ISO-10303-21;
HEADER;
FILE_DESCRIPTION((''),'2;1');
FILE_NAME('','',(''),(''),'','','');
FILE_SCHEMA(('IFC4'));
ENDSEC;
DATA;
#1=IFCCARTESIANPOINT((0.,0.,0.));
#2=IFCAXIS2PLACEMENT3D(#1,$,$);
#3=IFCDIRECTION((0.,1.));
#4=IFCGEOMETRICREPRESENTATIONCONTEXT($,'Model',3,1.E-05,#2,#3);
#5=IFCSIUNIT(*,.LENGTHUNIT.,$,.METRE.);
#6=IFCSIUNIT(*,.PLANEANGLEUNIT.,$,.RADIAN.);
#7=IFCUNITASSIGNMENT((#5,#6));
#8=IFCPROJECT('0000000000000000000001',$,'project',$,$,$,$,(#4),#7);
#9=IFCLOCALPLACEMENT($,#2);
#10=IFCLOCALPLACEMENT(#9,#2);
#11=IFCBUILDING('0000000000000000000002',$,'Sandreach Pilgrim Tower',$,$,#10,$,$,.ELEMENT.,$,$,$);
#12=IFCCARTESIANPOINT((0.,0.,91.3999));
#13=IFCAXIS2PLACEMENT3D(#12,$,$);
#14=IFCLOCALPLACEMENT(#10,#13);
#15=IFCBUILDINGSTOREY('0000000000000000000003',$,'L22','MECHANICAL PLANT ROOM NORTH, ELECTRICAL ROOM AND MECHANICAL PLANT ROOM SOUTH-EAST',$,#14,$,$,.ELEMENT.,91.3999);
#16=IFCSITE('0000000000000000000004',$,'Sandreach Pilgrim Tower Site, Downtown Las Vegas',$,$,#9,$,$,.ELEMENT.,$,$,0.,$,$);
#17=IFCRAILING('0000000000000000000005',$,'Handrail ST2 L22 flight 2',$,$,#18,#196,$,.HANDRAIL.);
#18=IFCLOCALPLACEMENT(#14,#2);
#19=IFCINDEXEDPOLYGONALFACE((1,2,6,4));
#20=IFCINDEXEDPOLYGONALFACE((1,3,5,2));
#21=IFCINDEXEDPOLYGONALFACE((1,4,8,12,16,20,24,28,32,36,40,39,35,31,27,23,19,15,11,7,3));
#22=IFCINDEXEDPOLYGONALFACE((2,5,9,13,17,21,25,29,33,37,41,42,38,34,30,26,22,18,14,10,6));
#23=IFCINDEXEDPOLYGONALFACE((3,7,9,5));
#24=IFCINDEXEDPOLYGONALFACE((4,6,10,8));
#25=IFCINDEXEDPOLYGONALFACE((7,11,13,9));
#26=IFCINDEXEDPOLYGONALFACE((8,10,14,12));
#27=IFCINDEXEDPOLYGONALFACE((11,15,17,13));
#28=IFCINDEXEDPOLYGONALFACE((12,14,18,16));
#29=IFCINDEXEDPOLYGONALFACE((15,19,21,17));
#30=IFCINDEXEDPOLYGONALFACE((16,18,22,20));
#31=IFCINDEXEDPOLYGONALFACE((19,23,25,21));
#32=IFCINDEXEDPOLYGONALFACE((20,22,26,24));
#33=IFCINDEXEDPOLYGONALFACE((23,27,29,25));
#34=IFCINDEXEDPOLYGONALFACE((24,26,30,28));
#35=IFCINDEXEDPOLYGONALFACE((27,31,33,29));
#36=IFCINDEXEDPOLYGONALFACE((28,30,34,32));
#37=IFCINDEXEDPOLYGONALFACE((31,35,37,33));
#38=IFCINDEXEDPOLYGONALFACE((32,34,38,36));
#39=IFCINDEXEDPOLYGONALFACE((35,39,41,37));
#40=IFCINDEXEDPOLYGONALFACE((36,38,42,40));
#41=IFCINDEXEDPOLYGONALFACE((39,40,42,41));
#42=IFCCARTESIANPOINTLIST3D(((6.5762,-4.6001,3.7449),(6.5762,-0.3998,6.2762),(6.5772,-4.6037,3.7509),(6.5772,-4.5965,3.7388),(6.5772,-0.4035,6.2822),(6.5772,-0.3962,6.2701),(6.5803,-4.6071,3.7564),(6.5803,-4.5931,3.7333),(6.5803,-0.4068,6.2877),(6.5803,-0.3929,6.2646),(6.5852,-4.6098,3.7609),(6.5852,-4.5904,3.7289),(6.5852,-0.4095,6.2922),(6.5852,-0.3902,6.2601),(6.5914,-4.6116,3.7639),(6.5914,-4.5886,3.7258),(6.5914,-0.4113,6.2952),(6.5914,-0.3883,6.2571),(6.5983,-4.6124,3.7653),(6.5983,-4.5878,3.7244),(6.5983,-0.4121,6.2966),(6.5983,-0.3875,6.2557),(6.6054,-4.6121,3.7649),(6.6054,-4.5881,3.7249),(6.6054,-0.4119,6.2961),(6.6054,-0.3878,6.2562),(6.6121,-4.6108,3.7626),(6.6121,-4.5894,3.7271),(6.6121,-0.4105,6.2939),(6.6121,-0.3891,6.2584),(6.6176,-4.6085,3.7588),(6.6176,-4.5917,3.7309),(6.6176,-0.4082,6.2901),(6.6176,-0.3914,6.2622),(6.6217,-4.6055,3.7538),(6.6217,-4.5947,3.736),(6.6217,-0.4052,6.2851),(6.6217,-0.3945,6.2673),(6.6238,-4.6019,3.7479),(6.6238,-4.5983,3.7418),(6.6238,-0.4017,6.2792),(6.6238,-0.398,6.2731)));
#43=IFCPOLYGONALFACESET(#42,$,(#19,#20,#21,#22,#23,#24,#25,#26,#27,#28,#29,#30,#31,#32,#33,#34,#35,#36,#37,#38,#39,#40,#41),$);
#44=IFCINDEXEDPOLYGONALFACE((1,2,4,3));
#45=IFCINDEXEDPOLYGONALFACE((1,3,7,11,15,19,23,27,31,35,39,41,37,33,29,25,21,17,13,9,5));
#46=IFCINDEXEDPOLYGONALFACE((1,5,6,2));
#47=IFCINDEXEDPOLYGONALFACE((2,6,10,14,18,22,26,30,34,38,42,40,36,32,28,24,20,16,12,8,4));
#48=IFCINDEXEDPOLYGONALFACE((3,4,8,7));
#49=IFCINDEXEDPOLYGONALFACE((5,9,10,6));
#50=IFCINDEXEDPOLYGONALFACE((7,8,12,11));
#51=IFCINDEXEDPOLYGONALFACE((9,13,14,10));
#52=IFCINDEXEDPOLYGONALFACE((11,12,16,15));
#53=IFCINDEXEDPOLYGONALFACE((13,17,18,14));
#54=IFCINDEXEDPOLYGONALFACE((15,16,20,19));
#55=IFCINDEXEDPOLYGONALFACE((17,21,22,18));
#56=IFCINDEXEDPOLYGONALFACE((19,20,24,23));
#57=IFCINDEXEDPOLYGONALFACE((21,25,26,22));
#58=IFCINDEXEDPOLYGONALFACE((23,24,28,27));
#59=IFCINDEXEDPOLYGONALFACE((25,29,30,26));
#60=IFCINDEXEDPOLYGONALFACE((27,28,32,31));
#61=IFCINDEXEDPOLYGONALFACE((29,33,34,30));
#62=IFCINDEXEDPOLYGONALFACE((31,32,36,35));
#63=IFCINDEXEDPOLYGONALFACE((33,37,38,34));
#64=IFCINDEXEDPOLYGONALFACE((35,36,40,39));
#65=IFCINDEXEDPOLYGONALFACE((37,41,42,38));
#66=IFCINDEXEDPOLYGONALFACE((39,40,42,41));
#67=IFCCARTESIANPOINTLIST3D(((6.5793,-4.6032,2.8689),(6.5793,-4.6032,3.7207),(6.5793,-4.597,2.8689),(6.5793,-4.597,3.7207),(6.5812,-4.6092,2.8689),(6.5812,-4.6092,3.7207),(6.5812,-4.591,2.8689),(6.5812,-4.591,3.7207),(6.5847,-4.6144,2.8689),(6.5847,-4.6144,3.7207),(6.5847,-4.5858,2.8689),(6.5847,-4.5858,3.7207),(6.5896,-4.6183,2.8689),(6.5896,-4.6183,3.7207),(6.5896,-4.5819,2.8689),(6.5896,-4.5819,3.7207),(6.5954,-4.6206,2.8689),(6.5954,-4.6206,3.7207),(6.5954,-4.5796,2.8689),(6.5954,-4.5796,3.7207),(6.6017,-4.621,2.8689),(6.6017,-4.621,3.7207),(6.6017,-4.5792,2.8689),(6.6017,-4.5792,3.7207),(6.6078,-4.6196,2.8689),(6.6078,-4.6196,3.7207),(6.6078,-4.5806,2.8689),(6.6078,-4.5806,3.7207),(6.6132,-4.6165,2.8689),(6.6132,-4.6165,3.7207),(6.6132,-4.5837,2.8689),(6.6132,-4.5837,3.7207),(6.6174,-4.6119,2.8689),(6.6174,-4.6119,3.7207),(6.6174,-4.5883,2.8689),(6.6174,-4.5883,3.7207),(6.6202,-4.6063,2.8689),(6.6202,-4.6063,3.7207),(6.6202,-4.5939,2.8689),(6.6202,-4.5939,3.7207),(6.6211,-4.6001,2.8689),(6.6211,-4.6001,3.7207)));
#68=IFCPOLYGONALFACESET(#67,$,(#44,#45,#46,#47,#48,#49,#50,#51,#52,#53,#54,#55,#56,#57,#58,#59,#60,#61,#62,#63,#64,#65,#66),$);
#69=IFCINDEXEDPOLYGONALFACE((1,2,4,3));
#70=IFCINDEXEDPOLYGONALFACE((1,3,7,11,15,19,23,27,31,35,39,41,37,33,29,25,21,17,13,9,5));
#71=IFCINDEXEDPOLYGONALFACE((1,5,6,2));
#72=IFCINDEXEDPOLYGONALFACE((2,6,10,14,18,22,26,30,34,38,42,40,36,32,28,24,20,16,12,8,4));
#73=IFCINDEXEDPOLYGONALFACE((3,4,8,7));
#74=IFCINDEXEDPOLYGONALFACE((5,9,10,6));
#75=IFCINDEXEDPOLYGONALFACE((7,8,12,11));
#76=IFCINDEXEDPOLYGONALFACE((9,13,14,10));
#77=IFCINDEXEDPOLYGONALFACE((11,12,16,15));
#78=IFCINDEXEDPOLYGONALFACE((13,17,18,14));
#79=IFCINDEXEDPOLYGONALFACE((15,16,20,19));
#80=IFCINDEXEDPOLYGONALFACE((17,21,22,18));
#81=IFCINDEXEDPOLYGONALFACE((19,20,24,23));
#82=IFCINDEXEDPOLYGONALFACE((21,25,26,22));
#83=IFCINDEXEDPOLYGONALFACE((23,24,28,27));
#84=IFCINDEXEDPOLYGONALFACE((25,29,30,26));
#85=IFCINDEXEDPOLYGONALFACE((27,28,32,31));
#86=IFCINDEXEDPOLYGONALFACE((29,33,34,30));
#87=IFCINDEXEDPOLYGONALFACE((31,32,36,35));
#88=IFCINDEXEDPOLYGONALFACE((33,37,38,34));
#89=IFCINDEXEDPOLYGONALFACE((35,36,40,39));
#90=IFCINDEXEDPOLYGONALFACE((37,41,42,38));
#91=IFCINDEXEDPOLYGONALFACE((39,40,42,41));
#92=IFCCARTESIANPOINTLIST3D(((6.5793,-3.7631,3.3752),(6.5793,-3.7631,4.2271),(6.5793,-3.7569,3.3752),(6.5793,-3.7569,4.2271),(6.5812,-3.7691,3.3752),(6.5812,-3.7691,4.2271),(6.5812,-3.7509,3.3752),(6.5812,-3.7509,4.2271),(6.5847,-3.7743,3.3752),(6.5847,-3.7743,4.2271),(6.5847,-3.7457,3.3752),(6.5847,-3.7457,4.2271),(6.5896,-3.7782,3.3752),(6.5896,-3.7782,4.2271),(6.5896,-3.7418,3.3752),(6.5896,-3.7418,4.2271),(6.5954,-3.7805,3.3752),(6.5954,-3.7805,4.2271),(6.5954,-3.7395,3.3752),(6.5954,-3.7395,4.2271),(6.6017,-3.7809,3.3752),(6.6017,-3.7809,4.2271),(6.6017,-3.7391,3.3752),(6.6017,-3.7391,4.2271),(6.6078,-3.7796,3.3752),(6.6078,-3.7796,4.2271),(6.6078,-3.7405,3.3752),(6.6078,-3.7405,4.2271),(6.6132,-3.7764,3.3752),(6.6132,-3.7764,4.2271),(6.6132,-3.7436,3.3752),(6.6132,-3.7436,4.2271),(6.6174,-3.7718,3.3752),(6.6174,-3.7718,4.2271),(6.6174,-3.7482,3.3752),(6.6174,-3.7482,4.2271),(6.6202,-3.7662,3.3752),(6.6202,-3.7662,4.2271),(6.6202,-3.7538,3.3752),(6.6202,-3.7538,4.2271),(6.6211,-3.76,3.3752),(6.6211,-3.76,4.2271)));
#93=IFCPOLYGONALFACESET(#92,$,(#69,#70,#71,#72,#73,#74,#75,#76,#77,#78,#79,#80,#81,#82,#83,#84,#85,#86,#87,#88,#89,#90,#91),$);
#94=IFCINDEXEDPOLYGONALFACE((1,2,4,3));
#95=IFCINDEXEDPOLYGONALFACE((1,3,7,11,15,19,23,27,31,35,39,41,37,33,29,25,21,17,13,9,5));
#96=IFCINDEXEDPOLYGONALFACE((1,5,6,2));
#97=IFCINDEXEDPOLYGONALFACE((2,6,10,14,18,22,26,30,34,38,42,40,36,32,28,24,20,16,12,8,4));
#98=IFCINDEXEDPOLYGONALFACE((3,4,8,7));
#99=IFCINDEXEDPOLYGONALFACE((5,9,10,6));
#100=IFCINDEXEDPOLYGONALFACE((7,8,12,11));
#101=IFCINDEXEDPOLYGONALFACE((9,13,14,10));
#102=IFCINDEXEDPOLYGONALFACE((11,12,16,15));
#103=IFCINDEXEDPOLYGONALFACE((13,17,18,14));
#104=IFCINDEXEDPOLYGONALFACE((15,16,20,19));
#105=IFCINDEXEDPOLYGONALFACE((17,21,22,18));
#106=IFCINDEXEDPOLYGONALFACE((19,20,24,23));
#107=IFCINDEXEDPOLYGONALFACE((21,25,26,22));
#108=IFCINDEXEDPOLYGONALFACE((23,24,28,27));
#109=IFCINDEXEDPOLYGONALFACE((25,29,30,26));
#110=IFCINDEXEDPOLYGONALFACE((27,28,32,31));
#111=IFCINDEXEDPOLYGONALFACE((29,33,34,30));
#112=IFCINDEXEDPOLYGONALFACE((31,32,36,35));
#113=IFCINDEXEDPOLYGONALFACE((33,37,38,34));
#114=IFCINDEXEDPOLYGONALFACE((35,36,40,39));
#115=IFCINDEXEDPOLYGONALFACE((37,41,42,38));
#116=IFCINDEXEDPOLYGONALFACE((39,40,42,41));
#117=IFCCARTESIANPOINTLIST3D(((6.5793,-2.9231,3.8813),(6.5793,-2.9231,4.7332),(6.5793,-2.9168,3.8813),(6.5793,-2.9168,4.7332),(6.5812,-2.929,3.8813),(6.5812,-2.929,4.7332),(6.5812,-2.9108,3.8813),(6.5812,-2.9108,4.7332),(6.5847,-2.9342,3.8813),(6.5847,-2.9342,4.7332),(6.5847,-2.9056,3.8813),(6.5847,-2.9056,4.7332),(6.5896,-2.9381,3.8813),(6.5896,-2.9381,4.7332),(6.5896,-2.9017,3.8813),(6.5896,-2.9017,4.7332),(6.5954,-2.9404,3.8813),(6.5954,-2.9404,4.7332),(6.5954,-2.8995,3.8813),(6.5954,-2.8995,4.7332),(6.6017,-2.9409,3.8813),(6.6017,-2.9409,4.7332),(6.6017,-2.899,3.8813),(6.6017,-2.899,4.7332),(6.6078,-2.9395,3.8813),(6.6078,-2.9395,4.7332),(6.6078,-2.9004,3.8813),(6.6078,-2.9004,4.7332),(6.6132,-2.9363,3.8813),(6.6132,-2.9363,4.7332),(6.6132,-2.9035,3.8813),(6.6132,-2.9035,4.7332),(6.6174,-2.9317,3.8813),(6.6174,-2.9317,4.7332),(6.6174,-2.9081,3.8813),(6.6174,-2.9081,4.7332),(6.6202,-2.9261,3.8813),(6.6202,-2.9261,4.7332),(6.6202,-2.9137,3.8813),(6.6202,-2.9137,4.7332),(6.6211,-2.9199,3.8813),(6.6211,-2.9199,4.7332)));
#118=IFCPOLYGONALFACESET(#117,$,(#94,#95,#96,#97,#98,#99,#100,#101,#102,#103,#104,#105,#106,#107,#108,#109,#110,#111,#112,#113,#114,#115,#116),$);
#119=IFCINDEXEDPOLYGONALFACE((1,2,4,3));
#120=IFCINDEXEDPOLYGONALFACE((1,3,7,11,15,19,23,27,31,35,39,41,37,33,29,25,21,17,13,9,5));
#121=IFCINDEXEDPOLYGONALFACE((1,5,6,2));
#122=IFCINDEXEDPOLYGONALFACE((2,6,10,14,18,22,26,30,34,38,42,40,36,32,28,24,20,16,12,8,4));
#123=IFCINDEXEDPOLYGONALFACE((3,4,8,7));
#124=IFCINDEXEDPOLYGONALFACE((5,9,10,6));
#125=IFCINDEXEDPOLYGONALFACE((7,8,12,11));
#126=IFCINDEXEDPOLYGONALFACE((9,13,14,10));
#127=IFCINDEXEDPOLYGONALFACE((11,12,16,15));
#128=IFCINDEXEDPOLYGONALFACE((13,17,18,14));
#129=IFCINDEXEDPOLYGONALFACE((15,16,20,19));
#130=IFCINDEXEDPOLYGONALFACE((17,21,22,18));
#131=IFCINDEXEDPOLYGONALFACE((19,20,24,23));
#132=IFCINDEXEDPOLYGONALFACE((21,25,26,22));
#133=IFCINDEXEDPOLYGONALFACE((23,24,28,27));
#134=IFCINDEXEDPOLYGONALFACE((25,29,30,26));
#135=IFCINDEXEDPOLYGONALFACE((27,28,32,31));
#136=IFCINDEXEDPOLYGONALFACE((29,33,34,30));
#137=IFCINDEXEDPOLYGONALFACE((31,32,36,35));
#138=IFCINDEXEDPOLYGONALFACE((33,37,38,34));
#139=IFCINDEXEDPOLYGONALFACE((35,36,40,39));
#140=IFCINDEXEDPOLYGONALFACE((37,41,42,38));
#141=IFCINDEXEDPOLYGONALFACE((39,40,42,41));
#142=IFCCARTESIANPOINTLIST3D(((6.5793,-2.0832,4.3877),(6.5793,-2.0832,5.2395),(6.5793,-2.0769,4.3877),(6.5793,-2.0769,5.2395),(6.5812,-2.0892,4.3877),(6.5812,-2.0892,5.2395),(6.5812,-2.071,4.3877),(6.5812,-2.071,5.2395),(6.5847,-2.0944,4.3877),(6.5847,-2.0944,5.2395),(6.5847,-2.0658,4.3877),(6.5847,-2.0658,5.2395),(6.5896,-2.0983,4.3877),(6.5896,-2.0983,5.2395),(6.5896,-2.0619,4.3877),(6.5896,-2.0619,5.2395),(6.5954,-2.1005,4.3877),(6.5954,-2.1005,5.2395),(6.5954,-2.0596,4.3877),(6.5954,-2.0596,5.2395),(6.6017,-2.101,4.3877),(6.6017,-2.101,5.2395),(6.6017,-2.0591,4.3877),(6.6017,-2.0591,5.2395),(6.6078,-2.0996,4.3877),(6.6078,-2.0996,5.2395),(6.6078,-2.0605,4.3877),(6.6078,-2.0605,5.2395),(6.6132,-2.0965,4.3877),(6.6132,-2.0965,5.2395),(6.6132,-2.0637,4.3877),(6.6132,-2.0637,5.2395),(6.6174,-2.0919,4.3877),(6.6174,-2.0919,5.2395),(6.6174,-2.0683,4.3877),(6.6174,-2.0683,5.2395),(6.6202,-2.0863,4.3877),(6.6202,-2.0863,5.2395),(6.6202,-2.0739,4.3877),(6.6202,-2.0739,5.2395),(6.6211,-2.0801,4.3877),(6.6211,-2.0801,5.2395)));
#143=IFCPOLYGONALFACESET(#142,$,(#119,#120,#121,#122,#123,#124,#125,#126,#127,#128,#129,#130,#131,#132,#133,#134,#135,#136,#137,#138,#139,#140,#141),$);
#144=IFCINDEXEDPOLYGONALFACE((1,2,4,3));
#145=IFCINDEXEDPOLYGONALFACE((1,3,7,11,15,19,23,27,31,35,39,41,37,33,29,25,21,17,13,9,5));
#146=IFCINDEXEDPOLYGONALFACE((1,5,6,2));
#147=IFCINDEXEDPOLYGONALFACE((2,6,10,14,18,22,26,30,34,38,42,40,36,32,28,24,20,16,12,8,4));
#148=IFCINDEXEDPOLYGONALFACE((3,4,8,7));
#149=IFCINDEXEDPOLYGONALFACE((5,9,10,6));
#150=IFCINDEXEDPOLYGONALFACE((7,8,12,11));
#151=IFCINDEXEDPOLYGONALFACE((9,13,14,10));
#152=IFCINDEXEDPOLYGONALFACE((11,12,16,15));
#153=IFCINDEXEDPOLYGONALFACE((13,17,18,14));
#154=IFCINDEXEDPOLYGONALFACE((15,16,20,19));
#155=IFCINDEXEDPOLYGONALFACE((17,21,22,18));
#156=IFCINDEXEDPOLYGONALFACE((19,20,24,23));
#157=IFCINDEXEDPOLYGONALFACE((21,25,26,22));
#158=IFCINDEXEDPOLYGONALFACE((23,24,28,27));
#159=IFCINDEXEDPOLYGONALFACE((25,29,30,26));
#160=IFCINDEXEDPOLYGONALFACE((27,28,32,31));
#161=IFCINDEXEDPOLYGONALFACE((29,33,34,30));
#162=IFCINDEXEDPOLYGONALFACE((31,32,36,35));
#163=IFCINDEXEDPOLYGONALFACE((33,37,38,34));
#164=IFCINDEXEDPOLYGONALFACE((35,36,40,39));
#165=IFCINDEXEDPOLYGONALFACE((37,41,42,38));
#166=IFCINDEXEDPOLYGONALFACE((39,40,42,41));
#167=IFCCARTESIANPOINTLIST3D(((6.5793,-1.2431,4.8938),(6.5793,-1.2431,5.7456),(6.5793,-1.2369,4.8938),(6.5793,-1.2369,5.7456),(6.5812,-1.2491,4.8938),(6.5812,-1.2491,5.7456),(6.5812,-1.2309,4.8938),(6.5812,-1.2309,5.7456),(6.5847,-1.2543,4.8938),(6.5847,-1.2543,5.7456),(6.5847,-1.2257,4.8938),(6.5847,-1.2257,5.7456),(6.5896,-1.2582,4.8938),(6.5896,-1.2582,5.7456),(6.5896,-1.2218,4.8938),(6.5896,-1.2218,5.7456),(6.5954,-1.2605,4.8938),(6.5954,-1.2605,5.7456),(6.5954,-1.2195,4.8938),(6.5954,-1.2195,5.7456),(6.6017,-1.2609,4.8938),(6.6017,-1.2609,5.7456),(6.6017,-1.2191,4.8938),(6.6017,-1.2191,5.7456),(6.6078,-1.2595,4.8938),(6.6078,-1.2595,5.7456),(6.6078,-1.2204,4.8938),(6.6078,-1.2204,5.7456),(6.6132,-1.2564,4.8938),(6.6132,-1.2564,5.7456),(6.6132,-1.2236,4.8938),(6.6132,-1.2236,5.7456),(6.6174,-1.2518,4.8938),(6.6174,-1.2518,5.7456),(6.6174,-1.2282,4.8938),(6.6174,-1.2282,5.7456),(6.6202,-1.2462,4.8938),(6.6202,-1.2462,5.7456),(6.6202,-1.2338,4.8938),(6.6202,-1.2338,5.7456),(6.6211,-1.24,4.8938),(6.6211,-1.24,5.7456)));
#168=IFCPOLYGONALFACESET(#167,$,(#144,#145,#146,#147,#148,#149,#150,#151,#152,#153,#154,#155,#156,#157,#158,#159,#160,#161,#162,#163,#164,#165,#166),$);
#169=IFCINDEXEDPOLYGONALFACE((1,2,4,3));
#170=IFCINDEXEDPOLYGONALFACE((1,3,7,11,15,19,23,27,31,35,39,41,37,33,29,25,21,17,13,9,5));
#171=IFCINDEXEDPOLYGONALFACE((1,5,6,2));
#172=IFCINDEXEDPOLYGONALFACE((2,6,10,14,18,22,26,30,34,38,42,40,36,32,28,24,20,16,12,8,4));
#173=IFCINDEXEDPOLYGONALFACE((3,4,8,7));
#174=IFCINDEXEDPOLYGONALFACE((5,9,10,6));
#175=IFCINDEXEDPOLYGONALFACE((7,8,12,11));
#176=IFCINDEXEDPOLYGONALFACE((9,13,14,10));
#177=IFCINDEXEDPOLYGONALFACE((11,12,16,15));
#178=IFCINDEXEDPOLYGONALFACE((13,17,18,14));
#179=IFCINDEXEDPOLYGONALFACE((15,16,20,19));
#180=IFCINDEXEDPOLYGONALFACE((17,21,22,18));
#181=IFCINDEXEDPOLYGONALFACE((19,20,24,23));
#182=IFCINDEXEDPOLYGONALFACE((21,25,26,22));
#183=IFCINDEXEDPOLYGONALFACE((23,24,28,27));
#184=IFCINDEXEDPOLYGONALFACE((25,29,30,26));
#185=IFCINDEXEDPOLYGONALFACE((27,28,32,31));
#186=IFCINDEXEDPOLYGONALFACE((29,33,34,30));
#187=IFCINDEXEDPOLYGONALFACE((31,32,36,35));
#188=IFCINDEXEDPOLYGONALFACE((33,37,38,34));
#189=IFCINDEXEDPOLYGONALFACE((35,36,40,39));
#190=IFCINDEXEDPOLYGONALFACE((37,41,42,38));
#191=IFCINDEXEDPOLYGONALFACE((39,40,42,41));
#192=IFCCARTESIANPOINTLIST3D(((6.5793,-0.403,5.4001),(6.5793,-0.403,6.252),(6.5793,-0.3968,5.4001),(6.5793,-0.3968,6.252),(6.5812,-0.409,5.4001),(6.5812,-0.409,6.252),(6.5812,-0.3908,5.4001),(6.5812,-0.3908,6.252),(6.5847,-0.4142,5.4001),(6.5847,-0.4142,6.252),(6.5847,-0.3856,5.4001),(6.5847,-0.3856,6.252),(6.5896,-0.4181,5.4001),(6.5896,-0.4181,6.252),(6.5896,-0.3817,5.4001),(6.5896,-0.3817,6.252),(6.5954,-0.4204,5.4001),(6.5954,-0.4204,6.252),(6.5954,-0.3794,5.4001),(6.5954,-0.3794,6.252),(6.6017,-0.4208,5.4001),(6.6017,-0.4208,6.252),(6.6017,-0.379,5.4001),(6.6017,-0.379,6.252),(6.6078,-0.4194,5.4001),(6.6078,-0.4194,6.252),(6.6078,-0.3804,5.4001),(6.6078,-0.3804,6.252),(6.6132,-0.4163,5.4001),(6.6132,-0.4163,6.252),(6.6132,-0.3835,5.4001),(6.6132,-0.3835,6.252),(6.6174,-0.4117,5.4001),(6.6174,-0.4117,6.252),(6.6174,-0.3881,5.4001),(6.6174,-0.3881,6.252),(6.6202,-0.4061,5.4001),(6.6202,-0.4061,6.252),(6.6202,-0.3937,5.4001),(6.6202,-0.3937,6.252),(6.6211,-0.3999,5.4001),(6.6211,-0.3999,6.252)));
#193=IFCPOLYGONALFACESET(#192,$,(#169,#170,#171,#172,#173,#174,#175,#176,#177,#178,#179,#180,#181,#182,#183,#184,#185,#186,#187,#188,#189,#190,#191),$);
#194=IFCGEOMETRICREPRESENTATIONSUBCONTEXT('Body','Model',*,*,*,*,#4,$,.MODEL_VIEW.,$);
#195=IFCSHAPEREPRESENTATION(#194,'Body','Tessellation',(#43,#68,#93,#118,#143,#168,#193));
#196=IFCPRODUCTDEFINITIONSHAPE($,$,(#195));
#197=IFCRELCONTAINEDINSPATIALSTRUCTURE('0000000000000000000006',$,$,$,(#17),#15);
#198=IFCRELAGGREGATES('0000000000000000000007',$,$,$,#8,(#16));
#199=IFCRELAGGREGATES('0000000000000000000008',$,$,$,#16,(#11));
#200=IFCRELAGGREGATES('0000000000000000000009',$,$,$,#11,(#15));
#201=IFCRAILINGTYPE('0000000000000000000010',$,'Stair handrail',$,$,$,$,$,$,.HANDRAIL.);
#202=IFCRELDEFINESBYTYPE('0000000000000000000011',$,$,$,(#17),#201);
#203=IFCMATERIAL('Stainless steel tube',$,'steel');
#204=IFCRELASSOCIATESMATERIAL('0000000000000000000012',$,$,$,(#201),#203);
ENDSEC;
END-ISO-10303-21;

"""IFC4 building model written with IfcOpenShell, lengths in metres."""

from ifc_helpers import new_model, si_unit, direction, frame, origin, origin_2d, place, context, subcontext, project, spatial, circle, extrude, material, type_object, element, save


model = new_model("IFC4")

# Units and contexts
model_context = context("Model", 3, precision=1e-05, world=origin(), true_north=direction((0.0, 1.0)))
body_context = subcontext(model_context, "Body", "Model", "MODEL_VIEW")
ifc_project = project(units=[si_unit("LENGTHUNIT", "METRE"), si_unit("PLANEANGLEUNIT", "RADIAN")], contexts=[model_context])

# Site, building, storey
site_placement = place(None, origin())
site = spatial("IfcSite", under=ifc_project, at=site_placement, Name="Sandreach Pilgrim Tower Site, Downtown Las Vegas", CompositionType="ELEMENT", RefElevation=0.0)
building_placement = place(site_placement, origin())
building = spatial("IfcBuilding", under=site, at=building_placement, Name="Sandreach Pilgrim Tower", CompositionType="ELEMENT")
storey_placement = place(building_placement, frame((0.0, 0.0, 91.3999)))
storey = spatial("IfcBuildingStorey", under=building, at=storey_placement, Name="L22", Description="MECHANICAL PLANT ROOM NORTH, ELECTRICAL ROOM AND MECHANICAL PLANT ROOM SOUTH-EAST", CompositionType="ELEMENT", Elevation=91.3999)

# Railing
ifc_material_1 = material(Name="Stainless steel tube", Category="steel")
railing_type = type_object("IfcRailingType", Name="Stair handrail", PredefinedType="HANDRAIL", material=ifc_material_1)
for number, where, name in (
    (1, (6.6001, -4.6001, 2.8689), "Handrail ST2 L22 flight 2"),
):
    element("IfcRailing", number, at=place(storey_placement, frame(where)), inside=storey, type_object=railing_type, Name=name, PredefinedType="HANDRAIL", context=body_context, shape_type="SweptSolid", body=[
        extrude(circle(Radius=0.0239, at=origin_2d()), frame((0.0, 0.0, 0.876), z_axis=(0.0, 0.85649, 0.516164), x_axis=(-1.0, 0.0, 0.0)), (0.0, 0.0, 1.0), 4.9041),
        extrude(circle(Radius=0.021, at=origin_2d()), origin(), (0.0, 0.0, 1.0), 0.8518),
        extrude(circle(Radius=0.021, at=origin_2d()), frame((0.0, 0.8401, 0.5063)), (0.0, 0.0, 1.0), 0.8518),
        extrude(circle(Radius=0.021, at=origin_2d()), frame((0.0, 1.6802, 1.0125)), (0.0, 0.0, 1.0), 0.8518),
        extrude(circle(Radius=0.021, at=origin_2d()), frame((0.0, 2.52, 1.5188)), (0.0, 0.0, 1.0), 0.8518),
        extrude(circle(Radius=0.021, at=origin_2d()), frame((0.0, 3.3601, 2.0249)), (0.0, 0.0, 1.0), 0.8518),
        extrude(circle(Radius=0.021, at=origin_2d()), frame((0.0, 4.2002, 2.5312)), (0.0, 0.0, 1.0), 0.8518),
    ])

save(model, "model.ifc")
